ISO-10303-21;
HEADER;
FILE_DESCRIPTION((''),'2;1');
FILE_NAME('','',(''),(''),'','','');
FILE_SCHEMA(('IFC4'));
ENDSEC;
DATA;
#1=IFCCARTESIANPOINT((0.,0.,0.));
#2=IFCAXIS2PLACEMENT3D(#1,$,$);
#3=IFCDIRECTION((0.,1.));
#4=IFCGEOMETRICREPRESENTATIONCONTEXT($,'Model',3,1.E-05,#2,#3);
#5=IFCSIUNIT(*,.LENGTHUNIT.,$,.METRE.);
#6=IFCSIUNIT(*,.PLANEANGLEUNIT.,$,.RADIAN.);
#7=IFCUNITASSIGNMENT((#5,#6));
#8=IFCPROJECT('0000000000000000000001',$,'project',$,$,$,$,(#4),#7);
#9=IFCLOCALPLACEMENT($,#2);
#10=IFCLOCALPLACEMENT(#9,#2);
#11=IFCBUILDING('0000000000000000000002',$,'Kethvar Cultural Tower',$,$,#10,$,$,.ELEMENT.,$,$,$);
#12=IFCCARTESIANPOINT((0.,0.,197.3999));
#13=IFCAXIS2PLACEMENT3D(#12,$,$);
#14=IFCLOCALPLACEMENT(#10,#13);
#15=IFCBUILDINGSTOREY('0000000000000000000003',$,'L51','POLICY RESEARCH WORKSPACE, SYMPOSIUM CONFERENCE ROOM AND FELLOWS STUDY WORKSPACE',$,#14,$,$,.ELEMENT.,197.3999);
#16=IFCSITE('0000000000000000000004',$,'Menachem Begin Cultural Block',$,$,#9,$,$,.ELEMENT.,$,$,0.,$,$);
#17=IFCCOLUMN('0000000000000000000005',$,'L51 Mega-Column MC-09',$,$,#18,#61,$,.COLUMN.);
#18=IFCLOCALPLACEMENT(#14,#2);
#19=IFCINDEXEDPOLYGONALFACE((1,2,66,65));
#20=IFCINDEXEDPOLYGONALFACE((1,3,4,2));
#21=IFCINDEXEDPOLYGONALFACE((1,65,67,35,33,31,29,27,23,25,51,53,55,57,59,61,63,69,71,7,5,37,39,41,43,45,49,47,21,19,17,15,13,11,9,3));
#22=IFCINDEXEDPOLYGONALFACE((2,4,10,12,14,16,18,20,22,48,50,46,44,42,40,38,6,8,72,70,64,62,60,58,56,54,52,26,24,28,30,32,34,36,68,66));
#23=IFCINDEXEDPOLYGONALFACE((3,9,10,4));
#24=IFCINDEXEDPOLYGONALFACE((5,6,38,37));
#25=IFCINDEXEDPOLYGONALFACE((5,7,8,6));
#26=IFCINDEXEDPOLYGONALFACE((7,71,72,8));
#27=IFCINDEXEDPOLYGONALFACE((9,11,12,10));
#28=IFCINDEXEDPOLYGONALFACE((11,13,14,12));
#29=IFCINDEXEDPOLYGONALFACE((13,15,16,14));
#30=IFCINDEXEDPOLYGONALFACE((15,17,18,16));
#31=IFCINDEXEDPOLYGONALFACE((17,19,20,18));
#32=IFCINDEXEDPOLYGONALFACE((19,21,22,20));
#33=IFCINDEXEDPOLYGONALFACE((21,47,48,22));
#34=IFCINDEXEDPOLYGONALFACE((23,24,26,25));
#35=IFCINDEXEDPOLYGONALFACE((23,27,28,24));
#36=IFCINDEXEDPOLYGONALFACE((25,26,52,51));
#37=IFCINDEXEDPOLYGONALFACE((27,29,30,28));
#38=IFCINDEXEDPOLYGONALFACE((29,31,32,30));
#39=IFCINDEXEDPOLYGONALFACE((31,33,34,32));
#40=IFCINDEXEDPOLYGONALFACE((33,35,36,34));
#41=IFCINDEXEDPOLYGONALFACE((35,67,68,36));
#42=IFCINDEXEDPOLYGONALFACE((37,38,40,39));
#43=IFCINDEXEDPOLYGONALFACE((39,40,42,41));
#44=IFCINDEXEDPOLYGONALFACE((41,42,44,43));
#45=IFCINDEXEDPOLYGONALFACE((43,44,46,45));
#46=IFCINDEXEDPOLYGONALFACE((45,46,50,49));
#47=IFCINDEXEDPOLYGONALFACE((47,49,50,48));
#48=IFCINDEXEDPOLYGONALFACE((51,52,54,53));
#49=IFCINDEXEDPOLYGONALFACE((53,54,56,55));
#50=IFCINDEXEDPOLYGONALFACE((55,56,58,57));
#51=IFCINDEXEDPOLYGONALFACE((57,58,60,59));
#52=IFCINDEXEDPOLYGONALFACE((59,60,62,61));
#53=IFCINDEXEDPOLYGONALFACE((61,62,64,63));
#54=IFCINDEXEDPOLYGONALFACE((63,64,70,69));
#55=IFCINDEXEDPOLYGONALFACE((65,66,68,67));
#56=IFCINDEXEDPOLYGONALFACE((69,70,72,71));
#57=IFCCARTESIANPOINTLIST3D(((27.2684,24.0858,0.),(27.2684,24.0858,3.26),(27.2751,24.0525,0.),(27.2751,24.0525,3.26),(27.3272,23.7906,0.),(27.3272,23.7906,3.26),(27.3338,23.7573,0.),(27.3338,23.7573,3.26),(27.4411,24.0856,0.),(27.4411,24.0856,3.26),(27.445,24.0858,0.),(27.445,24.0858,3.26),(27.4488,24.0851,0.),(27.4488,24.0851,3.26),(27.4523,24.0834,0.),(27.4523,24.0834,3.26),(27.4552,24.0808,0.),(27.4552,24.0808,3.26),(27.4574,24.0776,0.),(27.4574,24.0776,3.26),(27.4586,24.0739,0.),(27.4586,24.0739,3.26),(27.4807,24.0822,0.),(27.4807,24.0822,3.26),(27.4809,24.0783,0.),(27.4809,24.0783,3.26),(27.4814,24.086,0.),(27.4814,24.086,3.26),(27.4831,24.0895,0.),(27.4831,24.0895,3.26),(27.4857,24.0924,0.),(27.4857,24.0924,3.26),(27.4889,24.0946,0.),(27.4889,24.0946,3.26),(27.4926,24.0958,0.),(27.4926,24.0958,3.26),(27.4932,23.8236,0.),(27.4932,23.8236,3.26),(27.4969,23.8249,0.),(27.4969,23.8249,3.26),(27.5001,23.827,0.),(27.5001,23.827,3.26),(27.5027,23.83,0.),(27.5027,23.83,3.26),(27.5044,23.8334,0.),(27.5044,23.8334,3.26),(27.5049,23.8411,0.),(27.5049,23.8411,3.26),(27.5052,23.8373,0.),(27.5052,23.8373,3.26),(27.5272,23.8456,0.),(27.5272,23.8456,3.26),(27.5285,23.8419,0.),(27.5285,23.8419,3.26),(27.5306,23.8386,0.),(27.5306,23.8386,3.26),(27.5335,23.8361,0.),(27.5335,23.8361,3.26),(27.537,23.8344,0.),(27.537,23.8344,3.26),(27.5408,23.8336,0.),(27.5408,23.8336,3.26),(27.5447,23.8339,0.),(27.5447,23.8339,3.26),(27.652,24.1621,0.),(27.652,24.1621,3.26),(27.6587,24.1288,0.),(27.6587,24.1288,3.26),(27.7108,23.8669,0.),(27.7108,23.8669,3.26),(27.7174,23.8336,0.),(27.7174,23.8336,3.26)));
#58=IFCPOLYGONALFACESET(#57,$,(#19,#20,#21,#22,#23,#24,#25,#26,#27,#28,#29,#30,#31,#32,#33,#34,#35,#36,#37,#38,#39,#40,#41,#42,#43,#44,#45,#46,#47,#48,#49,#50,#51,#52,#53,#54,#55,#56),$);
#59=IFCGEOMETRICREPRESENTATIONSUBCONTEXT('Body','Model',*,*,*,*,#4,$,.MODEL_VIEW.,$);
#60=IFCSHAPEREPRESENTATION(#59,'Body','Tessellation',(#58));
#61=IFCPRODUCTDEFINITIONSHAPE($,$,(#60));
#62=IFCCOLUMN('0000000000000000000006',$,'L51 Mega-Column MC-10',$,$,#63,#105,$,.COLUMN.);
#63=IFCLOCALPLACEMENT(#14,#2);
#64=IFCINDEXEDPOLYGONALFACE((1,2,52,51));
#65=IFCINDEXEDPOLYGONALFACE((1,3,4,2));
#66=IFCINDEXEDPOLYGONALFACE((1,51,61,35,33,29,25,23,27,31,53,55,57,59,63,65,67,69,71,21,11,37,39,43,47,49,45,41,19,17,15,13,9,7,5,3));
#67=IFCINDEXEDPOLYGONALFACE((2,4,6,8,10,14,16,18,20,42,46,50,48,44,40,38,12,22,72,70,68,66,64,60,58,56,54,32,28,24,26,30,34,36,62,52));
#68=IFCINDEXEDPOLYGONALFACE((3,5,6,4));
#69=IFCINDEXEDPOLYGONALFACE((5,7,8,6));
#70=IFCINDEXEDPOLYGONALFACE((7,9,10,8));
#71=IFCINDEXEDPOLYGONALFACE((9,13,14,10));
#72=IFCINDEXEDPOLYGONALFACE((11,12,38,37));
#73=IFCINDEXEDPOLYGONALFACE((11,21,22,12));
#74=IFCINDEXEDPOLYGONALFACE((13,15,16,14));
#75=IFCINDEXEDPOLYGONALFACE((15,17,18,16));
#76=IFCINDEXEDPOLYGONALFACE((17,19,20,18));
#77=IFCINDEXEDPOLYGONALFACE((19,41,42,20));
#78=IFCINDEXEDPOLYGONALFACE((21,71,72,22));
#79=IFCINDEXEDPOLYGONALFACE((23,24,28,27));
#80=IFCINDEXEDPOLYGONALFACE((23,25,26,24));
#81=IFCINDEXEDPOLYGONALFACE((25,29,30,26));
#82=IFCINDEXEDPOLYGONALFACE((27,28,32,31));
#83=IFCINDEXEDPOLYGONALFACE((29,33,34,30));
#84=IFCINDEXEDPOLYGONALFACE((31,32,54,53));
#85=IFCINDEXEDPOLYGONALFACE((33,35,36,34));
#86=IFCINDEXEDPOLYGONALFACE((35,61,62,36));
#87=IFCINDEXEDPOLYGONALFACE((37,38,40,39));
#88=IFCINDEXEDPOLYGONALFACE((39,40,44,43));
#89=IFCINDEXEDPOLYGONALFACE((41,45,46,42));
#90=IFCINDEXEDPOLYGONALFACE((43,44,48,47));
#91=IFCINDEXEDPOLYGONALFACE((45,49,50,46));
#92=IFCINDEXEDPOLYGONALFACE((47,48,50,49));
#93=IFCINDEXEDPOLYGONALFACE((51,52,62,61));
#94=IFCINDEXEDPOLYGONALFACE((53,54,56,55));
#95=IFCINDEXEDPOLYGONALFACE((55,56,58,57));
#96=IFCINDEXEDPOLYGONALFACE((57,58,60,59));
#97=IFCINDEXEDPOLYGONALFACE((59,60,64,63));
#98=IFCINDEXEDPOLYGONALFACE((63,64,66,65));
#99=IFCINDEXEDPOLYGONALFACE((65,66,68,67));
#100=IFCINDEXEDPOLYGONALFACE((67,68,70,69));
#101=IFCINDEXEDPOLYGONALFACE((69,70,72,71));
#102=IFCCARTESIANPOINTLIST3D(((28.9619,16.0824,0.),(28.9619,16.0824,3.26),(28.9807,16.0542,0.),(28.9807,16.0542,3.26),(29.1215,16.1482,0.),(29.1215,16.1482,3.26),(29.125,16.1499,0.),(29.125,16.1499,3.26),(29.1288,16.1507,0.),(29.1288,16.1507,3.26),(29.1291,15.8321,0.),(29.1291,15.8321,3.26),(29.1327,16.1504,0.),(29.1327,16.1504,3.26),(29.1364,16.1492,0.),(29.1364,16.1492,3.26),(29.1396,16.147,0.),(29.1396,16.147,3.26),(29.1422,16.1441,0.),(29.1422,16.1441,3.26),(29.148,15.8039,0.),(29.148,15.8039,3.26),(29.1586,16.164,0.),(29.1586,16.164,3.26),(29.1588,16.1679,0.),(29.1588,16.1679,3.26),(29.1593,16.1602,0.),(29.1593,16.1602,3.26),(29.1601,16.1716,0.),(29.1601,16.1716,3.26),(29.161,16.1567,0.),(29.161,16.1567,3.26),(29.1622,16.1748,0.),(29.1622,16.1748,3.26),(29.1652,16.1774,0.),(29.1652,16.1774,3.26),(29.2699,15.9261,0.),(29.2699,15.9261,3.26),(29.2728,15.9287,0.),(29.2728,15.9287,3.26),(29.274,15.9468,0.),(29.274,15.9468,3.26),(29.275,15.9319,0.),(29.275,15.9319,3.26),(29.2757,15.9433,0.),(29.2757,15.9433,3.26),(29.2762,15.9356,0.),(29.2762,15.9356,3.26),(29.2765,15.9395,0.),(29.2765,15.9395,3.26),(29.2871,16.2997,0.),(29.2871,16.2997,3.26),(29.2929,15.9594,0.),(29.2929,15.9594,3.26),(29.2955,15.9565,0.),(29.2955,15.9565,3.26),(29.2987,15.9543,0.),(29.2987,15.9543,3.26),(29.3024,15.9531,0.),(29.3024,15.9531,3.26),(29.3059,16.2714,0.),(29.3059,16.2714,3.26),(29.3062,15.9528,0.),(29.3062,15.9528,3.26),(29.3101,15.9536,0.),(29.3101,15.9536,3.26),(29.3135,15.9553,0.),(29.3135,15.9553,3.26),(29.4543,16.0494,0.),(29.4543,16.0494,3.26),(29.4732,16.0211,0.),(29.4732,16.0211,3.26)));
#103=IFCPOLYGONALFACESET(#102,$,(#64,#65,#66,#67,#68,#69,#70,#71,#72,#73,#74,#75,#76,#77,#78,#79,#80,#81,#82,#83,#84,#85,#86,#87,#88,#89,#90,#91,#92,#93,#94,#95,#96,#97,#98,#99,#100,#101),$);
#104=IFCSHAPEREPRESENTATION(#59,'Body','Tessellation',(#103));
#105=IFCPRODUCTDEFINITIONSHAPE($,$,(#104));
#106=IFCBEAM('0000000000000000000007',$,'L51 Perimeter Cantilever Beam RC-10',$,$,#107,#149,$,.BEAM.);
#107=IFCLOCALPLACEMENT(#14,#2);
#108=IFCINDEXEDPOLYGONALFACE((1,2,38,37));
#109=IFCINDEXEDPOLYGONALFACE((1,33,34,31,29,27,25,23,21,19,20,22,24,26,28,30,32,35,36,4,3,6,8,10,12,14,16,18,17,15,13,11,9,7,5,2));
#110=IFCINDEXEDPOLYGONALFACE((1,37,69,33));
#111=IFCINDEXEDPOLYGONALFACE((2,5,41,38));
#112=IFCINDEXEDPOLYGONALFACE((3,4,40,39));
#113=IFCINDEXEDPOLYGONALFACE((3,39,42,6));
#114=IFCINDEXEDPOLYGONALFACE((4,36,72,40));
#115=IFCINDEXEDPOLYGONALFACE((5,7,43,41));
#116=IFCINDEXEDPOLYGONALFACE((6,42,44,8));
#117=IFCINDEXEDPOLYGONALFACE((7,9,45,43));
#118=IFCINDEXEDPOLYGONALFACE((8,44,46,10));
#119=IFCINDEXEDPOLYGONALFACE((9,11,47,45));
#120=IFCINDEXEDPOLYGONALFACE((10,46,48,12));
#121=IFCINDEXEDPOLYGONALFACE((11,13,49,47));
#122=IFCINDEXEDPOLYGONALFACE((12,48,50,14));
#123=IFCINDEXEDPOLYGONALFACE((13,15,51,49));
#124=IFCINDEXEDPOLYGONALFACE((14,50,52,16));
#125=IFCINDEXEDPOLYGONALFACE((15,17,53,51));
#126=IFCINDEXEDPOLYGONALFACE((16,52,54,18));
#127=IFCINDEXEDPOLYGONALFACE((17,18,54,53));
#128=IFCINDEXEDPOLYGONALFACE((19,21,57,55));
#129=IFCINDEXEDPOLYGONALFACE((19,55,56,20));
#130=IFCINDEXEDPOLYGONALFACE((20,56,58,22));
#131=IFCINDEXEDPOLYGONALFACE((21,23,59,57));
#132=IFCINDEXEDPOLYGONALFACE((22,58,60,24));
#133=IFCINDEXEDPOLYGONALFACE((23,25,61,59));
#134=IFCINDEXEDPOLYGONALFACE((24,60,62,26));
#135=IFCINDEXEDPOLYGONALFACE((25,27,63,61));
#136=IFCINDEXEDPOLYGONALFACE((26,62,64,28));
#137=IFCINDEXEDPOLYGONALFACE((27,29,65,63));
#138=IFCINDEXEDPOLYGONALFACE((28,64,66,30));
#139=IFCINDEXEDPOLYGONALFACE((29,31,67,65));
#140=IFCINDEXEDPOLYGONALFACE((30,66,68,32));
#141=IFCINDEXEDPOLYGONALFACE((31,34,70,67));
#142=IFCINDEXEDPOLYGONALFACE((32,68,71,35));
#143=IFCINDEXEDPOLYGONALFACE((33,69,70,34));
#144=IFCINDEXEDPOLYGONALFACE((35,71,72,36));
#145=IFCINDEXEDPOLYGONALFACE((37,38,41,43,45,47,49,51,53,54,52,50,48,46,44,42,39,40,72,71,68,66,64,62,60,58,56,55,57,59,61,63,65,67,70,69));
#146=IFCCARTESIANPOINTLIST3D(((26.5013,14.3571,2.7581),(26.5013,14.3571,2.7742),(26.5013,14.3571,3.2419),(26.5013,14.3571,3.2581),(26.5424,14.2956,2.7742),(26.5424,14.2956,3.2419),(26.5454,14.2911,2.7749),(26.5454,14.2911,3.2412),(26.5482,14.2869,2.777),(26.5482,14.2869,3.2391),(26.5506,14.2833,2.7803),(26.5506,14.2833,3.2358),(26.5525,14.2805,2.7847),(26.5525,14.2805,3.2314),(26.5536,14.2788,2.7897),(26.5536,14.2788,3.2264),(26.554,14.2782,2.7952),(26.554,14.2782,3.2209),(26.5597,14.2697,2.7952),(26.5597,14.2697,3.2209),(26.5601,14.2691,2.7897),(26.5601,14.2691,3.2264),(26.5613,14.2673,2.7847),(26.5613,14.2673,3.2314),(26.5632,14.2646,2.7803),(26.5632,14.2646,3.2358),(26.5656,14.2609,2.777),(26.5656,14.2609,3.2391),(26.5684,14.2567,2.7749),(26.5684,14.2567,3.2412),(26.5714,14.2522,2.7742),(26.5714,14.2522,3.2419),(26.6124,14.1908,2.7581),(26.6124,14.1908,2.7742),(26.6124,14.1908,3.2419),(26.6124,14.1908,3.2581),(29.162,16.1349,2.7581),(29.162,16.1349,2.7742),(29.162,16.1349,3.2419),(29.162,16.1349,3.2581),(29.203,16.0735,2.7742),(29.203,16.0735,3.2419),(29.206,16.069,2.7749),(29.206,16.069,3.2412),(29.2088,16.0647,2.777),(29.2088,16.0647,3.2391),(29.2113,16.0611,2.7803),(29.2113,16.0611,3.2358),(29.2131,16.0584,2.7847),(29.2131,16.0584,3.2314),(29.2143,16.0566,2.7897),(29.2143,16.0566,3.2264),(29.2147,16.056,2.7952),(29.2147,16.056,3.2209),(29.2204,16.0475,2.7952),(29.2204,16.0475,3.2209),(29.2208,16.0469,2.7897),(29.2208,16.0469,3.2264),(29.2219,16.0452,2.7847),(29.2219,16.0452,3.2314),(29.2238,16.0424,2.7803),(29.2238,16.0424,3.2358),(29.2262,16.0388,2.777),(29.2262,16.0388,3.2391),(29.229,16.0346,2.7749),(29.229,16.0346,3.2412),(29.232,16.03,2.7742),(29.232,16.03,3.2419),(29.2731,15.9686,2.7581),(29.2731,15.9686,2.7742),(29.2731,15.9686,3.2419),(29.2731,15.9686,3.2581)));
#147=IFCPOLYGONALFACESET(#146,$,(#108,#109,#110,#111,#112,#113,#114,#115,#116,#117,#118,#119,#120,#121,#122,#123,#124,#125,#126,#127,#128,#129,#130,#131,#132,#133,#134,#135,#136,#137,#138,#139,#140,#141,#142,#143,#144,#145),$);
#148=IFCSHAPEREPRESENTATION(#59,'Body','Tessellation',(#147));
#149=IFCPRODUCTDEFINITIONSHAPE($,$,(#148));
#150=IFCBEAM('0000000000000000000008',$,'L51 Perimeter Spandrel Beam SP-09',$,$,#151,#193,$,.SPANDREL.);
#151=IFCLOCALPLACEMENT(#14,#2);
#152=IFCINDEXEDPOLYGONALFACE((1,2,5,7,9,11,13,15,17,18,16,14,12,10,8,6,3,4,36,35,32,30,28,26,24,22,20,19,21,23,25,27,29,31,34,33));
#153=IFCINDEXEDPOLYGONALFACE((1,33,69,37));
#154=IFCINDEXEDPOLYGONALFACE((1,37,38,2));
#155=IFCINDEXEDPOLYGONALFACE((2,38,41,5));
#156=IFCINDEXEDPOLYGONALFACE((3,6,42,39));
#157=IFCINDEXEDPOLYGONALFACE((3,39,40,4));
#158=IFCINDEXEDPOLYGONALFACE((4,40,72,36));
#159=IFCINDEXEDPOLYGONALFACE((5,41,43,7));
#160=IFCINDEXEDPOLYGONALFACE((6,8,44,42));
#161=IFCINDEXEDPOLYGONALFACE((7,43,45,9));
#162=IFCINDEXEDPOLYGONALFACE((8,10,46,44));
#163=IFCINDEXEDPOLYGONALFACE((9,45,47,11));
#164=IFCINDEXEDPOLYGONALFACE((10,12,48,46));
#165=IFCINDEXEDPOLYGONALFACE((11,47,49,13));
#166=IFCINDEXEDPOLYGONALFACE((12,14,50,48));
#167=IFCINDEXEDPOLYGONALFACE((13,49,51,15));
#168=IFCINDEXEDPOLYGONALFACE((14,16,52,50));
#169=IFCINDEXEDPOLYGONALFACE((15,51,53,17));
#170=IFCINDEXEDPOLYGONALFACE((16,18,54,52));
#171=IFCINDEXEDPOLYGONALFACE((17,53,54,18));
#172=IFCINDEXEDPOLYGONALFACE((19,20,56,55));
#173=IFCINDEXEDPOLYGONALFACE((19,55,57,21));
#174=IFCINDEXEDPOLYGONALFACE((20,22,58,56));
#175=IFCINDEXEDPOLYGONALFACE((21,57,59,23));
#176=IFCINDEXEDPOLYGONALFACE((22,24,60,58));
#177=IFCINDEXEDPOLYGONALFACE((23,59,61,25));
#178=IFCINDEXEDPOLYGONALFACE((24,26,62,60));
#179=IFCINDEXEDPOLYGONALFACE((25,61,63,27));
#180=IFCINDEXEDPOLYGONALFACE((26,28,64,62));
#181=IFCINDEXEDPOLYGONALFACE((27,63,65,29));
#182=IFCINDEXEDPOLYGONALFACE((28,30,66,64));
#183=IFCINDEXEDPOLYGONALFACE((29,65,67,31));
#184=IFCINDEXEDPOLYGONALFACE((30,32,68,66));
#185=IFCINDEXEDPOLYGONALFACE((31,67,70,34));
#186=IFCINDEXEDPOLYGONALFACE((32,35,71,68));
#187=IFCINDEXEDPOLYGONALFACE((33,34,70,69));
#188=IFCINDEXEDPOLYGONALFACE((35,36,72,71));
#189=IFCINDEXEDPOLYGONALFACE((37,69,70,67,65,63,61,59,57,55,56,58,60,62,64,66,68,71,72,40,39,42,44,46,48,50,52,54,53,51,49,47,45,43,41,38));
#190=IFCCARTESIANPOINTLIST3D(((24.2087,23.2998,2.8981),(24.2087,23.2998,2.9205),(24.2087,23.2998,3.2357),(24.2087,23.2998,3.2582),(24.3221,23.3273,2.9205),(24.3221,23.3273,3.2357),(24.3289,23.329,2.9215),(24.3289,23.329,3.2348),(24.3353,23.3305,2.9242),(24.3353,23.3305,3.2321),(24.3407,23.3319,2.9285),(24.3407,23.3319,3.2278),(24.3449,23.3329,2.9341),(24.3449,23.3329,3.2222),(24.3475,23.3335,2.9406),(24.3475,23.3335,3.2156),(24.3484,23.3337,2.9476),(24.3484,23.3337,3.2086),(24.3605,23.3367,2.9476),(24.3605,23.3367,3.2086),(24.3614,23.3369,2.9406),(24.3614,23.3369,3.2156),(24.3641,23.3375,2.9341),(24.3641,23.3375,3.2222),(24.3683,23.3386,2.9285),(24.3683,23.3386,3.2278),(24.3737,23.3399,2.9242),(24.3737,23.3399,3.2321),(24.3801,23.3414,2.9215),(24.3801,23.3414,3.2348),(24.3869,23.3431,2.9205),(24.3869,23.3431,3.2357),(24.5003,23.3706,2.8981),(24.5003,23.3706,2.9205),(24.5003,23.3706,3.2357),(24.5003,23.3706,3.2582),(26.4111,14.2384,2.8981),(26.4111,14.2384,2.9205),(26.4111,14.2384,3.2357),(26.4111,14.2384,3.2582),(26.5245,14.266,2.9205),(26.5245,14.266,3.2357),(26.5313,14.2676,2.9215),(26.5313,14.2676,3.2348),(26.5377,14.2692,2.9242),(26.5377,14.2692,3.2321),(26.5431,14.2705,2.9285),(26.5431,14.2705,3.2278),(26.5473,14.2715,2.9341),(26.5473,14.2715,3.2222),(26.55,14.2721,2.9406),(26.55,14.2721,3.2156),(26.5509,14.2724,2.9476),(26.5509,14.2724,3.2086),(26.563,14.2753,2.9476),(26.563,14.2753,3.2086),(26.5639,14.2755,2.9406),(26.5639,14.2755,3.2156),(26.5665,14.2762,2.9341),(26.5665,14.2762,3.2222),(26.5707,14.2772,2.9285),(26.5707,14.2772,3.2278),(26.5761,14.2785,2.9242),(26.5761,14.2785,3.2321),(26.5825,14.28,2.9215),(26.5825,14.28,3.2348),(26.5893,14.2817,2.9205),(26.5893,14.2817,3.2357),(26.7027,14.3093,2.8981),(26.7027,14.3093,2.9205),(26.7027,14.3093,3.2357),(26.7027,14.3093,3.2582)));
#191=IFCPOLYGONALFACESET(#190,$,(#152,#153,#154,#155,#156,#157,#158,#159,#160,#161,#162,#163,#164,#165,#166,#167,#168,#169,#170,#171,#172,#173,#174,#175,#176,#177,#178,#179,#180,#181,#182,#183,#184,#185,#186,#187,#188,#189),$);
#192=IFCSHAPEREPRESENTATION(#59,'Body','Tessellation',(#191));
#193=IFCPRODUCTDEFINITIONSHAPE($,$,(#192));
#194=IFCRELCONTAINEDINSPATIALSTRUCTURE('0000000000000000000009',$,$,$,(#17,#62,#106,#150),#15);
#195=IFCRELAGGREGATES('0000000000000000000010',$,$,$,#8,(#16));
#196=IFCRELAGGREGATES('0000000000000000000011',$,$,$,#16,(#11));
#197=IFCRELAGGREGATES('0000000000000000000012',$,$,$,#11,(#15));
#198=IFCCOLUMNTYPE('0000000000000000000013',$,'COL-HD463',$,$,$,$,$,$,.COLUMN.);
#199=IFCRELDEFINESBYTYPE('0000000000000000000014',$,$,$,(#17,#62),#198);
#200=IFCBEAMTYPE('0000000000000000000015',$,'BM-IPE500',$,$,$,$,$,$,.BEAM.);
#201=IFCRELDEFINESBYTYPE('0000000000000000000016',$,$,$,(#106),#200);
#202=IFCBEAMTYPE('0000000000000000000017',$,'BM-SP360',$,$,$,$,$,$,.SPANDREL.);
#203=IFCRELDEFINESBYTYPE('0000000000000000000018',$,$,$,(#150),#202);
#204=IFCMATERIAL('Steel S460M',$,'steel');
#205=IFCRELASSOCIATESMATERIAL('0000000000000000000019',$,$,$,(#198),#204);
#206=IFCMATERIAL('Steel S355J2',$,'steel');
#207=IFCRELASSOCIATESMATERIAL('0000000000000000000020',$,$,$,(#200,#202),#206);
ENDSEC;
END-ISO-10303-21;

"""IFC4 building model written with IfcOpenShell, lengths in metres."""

from ifc_helpers import new_model, si_unit, direction, frame, origin, origin_2d, place, context, subcontext, project, spatial, i_section, extrude, source, transform, mapped, material, material_profile, profile_set, type_object, element, save


model = new_model("IFC4")

# Units and contexts
model_context = context("Model", 3, precision=1e-05, world=origin(), true_north=direction((0.0, 1.0)))
body_context = subcontext(model_context, "Body", "Model", "MODEL_VIEW")
ifc_project = project(units=[si_unit("LENGTHUNIT", "METRE"), si_unit("PLANEANGLEUNIT", "RADIAN")], contexts=[model_context])

# Site, building, storey
site_placement = place(None, origin())
site = spatial("IfcSite", under=ifc_project, at=site_placement, Name="Menachem Begin Cultural Block", CompositionType="ELEMENT", RefElevation=0.0)
building_placement = place(site_placement, origin())
building = spatial("IfcBuilding", under=site, at=building_placement, Name="Kethvar Cultural Tower", CompositionType="ELEMENT")
storey_placement = place(building_placement, frame((0.0, 0.0, 197.3999)))
storey = spatial("IfcBuildingStorey", under=building, at=storey_placement, Name="L51", Description="POLICY RESEARCH WORKSPACE, SYMPOSIUM CONFERENCE ROOM AND FELLOWS STUDY WORKSPACE", CompositionType="ELEMENT", Elevation=197.3999)

# Columns
ifc_material_1 = material(Name="Steel S460M", Category="steel")
ifc_material_profile_1 = material_profile(ifc_material_1, i_section(OverallWidth=0.3911, OverallDepth=0.335, WebThickness=0.0227, FlangeThickness=0.0339, FilletRadius=0.0149, at=origin_2d()), Name="Steel S460M — HD400x463")
ifc_profile_set_1 = profile_set([ifc_material_profile_1], Name="Steel S460M — HD400x463")
column_type = type_object("IfcColumnType", Name="COL-HD463", PredefinedType="COLUMN", material=ifc_profile_set_1)
shared_shape_1 = source(origin(), body_context, "Body", "SweptSolid", [
    extrude(i_section(OverallWidth=0.3911, OverallDepth=0.335, WebThickness=0.0227, FlangeThickness=0.0339, FilletRadius=0.0149, at=origin_2d()), origin(), (0.0, 0.0, 1.0), 3.26),
])
for number, where, z_axis, x_axis, name in (
    (1, (27.4929, 23.9597, 0.0), (0.0, 0.0, 1.0), (-0.980785, -0.19509, 0.0), "L51 Mega-Column MC-09"),
    (2, (29.2175, 16.0518, 0.0), (0.0, 0.0, 1.0), (-0.83147, -0.55557, 0.0), "L51 Mega-Column MC-10"),
):
    element("IfcColumn", number, at=place(storey_placement, frame(where, z_axis=z_axis, x_axis=x_axis)), inside=storey, type_object=column_type, Name=name, PredefinedType="COLUMN", context=body_context, shape_type="MappedRepresentation", body=[
        mapped(shared_shape_1, transform((0.0, 0.0, 0.0), scale=1.0)),
    ])

# Beams
ifc_material_2 = material(Name="Steel S355J2", Category="steel")
ifc_material_profile_2 = material_profile(ifc_material_2, i_section(OverallWidth=0.2, OverallDepth=0.5, WebThickness=0.0103, FlangeThickness=0.0161, FilletRadius=0.021, at=origin_2d()), Name="Steel S355J2 — IPE500")
ifc_profile_set_2 = profile_set([ifc_material_profile_2], Name="Steel S355J2 — IPE500")
beam_type_1 = type_object("IfcBeamType", Name="BM-IPE500", PredefinedType="BEAM", material=ifc_profile_set_2)
shared_shape_2 = source(origin(), body_context, "Body", "SweptSolid", [
    extrude(i_section(OverallWidth=0.2, OverallDepth=0.5, WebThickness=0.0103, FlangeThickness=0.0161, FilletRadius=0.021, at=origin_2d()), origin(), (0.0, 0.0, 1.0), 3.2),
])
beam_1_placement = place(storey_placement, frame((29.2175, 16.0518, 3.0081), z_axis=(-0.831463, -0.55558, 0.0), x_axis=(0.55558, -0.831463, 0.0)))
element("IfcBeam", 3, at=beam_1_placement, inside=storey, type_object=beam_type_1, Name="L51 Perimeter Cantilever Beam RC-10", PredefinedType="BEAM", context=body_context, shape_type="MappedRepresentation", body=[
    mapped(shared_shape_2, transform((0.0, 0.0, 0.0), scale=1.0)),
])
ifc_material_profile_3 = material_profile(ifc_material_2, i_section(OverallWidth=0.3, OverallDepth=0.3601, WebThickness=0.0125, FlangeThickness=0.0225, FilletRadius=0.0271, at=origin_2d()), Name="Steel S355J2 — HEB360")
ifc_profile_set_3 = profile_set([ifc_material_profile_3], Name="Steel S355J2 — HEB360")
beam_type_2 = type_object("IfcBeamType", Name="BM-SP360", PredefinedType="SPANDREL", material=ifc_profile_set_3)
shared_shape_3 = source(origin(), body_context, "Body", "SweptSolid", [
    extrude(i_section(OverallWidth=0.3, OverallDepth=0.3601, WebThickness=0.0125, FlangeThickness=0.0225, FilletRadius=0.0271, at=origin_2d()), origin(), (0.0, 0.0, 1.0), 9.3252),
])
beam_2_placement = place(storey_placement, frame((24.3545, 23.3352, 3.0781), z_axis=(0.236179, -0.97171, 0.0), x_axis=(0.97171, 0.236179, 0.0)))
element("IfcBeam", 4, at=beam_2_placement, inside=storey, type_object=beam_type_2, Name="L51 Perimeter Spandrel Beam SP-09", PredefinedType="SPANDREL", context=body_context, shape_type="MappedRepresentation", body=[
    mapped(shared_shape_3, transform((0.0, 0.0, 0.0), scale=1.0)),
])

save(model, "model.ifc")
